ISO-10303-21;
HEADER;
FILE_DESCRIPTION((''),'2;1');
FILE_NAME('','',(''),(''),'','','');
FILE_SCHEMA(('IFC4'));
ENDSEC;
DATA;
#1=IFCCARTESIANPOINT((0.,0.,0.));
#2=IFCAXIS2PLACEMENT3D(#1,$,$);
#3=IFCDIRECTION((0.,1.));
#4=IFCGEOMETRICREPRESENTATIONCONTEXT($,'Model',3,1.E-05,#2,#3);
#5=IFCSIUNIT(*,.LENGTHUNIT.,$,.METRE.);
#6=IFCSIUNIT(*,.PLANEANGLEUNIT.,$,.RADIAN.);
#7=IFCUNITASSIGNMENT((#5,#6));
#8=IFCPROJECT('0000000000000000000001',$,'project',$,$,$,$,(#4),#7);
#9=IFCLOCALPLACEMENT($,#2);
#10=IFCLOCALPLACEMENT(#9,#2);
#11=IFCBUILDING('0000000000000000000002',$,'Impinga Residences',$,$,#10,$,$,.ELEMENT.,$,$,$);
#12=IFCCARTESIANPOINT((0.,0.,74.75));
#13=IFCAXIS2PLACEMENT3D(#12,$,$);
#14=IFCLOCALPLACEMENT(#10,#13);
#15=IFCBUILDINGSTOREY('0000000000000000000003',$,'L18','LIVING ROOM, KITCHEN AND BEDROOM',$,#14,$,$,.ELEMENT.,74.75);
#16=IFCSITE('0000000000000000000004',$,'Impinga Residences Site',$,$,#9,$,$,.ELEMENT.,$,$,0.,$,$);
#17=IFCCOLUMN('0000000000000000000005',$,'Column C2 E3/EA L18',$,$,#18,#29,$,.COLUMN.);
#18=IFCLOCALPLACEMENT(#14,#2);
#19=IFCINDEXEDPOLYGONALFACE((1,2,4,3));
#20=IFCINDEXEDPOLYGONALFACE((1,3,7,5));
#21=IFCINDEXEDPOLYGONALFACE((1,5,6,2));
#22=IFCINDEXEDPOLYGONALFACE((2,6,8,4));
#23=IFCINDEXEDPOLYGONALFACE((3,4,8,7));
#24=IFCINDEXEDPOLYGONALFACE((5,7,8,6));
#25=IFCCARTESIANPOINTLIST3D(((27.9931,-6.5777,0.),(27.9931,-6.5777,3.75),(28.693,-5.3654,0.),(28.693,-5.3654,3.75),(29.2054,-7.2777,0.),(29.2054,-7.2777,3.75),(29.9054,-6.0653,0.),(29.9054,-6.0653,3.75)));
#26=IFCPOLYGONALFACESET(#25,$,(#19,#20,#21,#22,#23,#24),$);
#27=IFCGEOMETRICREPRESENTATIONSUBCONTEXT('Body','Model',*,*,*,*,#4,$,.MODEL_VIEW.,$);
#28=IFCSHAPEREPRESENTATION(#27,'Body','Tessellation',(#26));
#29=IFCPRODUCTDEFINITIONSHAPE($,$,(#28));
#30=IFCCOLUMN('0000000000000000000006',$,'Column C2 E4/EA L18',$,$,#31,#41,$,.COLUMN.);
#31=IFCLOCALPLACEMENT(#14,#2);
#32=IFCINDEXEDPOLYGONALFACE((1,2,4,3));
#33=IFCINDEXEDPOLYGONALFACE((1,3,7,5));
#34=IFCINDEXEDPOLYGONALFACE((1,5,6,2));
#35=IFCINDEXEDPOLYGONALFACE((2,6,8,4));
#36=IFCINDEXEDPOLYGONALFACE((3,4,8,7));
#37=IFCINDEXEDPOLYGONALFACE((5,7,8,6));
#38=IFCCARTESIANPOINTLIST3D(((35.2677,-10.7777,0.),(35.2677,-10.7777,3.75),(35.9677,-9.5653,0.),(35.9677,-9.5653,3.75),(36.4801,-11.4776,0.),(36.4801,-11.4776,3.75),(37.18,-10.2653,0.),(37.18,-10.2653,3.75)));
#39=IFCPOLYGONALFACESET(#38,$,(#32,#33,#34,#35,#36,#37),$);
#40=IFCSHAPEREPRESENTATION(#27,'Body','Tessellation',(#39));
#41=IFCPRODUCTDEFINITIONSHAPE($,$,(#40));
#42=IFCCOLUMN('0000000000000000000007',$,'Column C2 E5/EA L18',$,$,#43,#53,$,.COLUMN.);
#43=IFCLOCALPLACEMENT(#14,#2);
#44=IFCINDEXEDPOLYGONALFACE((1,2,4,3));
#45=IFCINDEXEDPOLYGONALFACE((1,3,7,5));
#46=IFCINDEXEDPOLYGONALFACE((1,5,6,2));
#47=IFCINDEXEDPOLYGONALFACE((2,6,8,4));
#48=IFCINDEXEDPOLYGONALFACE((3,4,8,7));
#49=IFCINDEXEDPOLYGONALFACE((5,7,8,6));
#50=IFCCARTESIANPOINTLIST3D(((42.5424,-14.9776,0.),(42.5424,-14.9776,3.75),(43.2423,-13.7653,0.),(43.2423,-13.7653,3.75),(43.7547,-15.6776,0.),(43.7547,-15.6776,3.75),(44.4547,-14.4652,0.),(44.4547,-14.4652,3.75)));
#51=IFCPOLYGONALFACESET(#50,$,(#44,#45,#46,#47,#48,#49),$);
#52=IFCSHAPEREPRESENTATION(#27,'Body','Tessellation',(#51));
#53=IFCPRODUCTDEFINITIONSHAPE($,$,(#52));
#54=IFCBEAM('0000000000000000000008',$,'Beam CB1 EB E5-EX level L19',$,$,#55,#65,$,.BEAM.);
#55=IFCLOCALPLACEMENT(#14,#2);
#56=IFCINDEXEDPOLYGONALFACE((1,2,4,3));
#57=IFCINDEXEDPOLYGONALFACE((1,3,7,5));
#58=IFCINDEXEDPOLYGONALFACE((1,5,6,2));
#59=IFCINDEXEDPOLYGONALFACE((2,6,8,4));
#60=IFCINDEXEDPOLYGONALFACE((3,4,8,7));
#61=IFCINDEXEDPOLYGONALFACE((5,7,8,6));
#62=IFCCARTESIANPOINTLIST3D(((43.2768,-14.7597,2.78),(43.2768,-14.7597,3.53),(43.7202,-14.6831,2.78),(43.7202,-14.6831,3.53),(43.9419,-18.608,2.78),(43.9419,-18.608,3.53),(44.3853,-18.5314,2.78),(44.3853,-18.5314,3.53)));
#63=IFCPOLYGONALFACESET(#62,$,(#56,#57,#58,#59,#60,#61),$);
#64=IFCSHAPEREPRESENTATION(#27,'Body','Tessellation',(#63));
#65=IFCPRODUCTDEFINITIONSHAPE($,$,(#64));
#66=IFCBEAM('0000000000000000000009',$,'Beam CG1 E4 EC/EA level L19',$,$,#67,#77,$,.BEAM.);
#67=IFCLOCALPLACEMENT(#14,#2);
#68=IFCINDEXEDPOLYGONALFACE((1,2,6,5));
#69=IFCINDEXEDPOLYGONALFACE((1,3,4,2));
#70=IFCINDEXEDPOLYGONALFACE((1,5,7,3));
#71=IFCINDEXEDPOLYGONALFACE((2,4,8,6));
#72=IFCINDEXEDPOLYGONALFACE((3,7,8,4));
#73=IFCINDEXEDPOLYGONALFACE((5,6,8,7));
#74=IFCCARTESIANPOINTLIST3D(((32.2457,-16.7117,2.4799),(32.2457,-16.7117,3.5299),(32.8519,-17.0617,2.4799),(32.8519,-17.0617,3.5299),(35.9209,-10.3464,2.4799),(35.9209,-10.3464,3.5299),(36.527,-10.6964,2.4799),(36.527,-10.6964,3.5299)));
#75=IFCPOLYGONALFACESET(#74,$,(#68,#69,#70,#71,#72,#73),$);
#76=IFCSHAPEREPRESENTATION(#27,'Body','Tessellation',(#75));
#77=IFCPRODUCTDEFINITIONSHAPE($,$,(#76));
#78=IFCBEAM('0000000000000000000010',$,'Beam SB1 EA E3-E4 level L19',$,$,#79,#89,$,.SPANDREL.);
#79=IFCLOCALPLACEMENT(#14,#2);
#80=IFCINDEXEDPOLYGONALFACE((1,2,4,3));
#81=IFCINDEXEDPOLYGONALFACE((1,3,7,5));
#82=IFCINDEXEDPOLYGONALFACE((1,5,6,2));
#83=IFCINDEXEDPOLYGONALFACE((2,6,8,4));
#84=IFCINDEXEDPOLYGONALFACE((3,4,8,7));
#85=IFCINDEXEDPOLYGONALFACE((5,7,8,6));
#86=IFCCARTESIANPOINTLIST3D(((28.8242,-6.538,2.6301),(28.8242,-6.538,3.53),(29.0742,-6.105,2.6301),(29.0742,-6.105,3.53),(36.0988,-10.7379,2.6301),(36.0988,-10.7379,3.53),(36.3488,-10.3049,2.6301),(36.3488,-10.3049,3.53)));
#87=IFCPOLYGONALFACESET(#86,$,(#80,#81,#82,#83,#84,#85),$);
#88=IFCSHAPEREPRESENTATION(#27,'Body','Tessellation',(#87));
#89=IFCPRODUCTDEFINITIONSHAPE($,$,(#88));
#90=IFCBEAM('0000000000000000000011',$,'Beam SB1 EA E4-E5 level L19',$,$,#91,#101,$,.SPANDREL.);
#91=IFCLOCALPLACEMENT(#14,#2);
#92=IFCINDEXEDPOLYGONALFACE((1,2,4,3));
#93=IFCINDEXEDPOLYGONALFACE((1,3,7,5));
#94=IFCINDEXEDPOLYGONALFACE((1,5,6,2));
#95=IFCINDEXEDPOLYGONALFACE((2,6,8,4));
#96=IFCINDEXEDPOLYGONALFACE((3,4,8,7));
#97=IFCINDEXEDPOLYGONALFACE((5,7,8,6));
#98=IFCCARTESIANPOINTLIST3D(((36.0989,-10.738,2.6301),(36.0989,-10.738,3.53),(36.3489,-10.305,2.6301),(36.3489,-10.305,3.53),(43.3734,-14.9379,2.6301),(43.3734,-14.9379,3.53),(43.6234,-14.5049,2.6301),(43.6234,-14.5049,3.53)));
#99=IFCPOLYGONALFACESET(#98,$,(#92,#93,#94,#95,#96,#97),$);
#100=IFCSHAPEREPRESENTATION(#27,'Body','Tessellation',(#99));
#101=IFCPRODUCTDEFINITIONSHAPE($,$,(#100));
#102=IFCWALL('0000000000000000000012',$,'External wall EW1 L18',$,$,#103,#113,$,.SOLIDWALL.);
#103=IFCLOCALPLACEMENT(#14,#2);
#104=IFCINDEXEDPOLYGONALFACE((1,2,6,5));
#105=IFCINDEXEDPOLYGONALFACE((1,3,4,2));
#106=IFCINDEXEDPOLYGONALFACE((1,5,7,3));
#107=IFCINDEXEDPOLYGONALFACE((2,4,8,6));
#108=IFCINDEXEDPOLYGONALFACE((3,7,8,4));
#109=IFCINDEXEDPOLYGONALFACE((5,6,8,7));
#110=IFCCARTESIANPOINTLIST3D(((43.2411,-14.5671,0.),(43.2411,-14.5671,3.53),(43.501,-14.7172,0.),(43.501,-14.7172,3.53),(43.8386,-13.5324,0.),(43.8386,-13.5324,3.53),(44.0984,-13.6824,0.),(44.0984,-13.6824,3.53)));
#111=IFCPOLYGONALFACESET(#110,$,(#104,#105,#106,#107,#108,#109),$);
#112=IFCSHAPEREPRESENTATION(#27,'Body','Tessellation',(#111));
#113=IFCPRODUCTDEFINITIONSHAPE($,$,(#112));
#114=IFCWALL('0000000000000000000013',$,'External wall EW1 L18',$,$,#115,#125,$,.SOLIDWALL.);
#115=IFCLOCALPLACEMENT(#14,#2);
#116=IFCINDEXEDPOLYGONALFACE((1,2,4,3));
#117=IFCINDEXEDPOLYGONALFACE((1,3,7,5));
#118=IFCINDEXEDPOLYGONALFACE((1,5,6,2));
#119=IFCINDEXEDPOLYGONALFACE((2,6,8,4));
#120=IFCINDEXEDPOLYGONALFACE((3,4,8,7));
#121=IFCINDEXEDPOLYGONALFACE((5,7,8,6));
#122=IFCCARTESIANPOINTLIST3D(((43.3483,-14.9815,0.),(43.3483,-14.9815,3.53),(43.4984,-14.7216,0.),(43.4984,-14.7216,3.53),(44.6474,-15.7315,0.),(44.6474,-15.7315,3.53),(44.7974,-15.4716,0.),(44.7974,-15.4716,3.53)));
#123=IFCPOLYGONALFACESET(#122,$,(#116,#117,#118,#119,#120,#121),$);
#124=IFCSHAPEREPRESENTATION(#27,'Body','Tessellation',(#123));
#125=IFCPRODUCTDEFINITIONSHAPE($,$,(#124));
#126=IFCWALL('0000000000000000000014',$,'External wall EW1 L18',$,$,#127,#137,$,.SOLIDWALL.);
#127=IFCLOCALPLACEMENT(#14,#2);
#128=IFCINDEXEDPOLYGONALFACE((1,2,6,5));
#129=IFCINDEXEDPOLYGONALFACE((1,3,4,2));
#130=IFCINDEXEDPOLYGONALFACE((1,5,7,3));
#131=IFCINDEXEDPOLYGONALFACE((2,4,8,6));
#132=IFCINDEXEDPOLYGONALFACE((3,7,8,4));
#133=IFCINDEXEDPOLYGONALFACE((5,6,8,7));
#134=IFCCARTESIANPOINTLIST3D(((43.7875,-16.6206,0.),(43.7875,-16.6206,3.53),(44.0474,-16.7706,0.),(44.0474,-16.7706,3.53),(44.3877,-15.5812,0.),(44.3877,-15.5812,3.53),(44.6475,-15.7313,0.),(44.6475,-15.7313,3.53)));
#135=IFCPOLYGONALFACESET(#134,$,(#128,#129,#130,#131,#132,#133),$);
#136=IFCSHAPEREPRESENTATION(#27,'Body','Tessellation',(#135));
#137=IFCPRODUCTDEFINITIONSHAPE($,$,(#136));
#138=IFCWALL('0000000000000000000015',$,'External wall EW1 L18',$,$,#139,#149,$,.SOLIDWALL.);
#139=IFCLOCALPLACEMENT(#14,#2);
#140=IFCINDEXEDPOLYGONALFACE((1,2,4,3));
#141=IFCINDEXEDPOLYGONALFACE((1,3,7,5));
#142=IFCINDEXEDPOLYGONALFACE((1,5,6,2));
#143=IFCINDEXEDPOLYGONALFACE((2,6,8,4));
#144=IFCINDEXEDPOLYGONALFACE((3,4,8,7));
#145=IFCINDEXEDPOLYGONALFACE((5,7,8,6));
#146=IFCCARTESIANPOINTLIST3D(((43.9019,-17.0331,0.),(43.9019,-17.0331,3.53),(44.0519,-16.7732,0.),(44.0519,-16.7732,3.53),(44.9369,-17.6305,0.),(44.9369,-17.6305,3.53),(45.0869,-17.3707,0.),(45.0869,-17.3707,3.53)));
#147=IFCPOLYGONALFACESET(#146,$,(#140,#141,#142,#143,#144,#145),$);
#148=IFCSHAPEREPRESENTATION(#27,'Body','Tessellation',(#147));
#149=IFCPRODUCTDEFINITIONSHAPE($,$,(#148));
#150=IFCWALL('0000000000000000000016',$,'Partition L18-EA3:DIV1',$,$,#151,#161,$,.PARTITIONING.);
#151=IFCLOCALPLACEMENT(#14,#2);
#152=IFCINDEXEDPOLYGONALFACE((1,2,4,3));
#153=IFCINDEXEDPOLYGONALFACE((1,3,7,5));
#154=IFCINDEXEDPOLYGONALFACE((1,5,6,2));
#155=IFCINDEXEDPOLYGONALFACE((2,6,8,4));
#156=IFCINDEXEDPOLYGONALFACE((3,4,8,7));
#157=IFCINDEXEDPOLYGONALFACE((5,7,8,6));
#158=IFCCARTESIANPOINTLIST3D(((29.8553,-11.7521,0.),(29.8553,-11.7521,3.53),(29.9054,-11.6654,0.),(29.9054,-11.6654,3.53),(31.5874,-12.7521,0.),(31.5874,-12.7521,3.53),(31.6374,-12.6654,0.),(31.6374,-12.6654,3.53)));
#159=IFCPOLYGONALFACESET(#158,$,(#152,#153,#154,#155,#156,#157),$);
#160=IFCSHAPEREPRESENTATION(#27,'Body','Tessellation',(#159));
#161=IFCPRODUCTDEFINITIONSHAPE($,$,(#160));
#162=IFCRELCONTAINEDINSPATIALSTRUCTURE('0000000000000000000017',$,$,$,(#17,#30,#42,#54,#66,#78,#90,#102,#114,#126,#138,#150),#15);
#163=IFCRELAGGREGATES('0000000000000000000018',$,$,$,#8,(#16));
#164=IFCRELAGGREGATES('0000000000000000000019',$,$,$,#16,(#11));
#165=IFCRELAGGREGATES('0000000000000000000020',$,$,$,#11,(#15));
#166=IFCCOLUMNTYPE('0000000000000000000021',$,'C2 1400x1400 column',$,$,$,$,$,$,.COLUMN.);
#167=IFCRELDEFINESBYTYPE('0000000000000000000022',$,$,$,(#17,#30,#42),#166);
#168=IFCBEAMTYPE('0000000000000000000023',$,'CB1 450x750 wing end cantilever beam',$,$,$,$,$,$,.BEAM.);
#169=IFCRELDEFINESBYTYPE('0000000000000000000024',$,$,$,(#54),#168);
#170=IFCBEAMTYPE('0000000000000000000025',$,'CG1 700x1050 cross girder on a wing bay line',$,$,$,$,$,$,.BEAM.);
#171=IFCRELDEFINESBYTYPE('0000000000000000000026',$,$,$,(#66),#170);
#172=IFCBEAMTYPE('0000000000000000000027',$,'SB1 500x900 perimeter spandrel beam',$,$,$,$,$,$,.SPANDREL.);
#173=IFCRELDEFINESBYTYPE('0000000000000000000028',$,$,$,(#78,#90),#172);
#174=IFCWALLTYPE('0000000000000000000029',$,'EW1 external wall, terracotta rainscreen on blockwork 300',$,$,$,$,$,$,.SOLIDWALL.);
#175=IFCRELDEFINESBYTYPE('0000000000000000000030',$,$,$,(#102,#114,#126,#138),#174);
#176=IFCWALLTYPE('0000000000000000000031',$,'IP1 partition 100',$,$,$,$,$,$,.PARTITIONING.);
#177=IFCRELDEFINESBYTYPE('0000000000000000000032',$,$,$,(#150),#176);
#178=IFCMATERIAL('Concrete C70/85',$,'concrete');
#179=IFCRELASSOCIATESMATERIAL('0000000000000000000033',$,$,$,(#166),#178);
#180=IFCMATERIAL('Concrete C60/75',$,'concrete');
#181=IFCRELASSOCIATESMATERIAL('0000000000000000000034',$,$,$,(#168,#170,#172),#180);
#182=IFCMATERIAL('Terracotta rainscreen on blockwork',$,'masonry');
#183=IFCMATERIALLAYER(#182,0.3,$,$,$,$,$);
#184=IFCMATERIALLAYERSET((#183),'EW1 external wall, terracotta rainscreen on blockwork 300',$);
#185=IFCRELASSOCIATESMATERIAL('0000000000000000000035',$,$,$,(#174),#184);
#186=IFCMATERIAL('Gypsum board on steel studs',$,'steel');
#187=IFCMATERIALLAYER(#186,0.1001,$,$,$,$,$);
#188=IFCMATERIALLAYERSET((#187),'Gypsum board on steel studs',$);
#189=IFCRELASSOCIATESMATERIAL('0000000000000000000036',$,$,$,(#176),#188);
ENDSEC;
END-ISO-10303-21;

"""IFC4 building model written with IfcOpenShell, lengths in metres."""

from ifc_helpers import new_model, si_unit, direction, frame, frame_2d, origin, origin_2d, place, context, subcontext, project, spatial, rectangle, extrude, material, layer, layer_set, material_profile, profile_set, type_object, element, save


model = new_model("IFC4")

# Units and contexts
model_context = context("Model", 3, precision=1e-05, world=origin(), true_north=direction((0.0, 1.0)))
body_context = subcontext(model_context, "Body", "Model", "MODEL_VIEW")
ifc_project = project(units=[si_unit("LENGTHUNIT", "METRE"), si_unit("PLANEANGLEUNIT", "RADIAN")], contexts=[model_context])

# Site, building, storey
site_placement = place(None, origin())
site = spatial("IfcSite", under=ifc_project, at=site_placement, Name="Impinga Residences Site", CompositionType="ELEMENT", RefElevation=0.0)
building_placement = place(site_placement, origin())
building = spatial("IfcBuilding", under=site, at=building_placement, Name="Impinga Residences", CompositionType="ELEMENT")
storey_placement = place(building_placement, frame((0.0, 0.0, 74.75)))
storey = spatial("IfcBuildingStorey", under=building, at=storey_placement, Name="L18", Description="LIVING ROOM, KITCHEN AND BEDROOM", CompositionType="ELEMENT", Elevation=74.75)

# Columns
ifc_material_1 = material(Name="Concrete C70/85", Category="concrete")
ifc_material_profile_1 = material_profile(ifc_material_1, rectangle(XDim=1.3999, YDim=1.3999, at=origin_2d()), Name="RC 1400x1400")
ifc_profile_set_1 = profile_set([ifc_material_profile_1], Name="Concrete C70/85")
column_type = type_object("IfcColumnType", Name="C2 1400x1400 column", PredefinedType="COLUMN", material=ifc_profile_set_1)
for number, where, z_axis, x_axis, name in (
    (1, (28.9492, -6.3215, 0.0), (0.0, 0.0, 1.0), (-0.5, -0.866025, 0.0), "Column C2 E3/EA L18"),
    (2, (36.2239, -10.5215, 0.0), (0.0, 0.0, 1.0), (-0.5, -0.866025, 0.0), "Column C2 E4/EA L18"),
    (3, (43.4985, -14.7214, 0.0), (0.0, 0.0, 1.0), (-0.5, -0.866025, 0.0), "Column C2 E5/EA L18"),
):
    element("IfcColumn", number, at=place(storey_placement, frame(where, z_axis=z_axis, x_axis=x_axis)), inside=storey, type_object=column_type, Name=name, PredefinedType="COLUMN", context=body_context, shape_type="SweptSolid", body=[
        extrude(rectangle(XDim=1.3999, YDim=1.3999, at=origin_2d()), origin(), (0.0, 0.0, 1.0), 3.75),
    ])

# Beams
ifc_material_2 = material(Name="Concrete C60/75", Category="concrete")
ifc_material_profile_2 = material_profile(ifc_material_2, rectangle(XDim=0.45, YDim=0.75, at=origin_2d()), Name="RC 450x750")
ifc_profile_set_2 = profile_set([ifc_material_profile_2], Name="Concrete C60/75")
beam_type_1 = type_object("IfcBeamType", Name="CB1 450x750 wing end cantilever beam", PredefinedType="BEAM", material=ifc_profile_set_2)
beam_1_placement = place(storey_placement, frame((43.4985, -14.7214, 3.155), z_axis=(0.170296, -0.985393, 0.0), x_axis=(0.985393, 0.170296, 0.0)))
element("IfcBeam", 4, at=beam_1_placement, inside=storey, type_object=beam_type_1, Name="Beam CB1 EB E5-EX level L19", PredefinedType="BEAM", context=body_context, shape_type="SweptSolid", body=[
    extrude(rectangle(XDim=0.45, YDim=0.75, at=origin_2d()), origin(), (0.0, 0.0, 1.0), 3.9053),
])
ifc_material_profile_3 = material_profile(ifc_material_2, rectangle(XDim=0.7, YDim=1.05, at=origin_2d()), Name="RC 700x1050")
ifc_profile_set_3 = profile_set([ifc_material_profile_3], Name="Concrete C60/75")
beam_type_2 = type_object("IfcBeamType", Name="CG1 700x1050 cross girder on a wing bay line", PredefinedType="BEAM", material=ifc_profile_set_3)
beam_2_placement = place(storey_placement, frame((32.5488, -16.8867, 3.0049), z_axis=(0.500008, 0.866021, 0.0), x_axis=(-0.866021, 0.500008, 0.0)))
element("IfcBeam", 5, at=beam_2_placement, inside=storey, type_object=beam_type_2, Name="Beam CG1 E4 EC/EA level L19", PredefinedType="BEAM", context=body_context, shape_type="SweptSolid", body=[
    extrude(rectangle(XDim=0.7, YDim=1.05, at=origin_2d()), origin(), (0.0, 0.0, 1.0), 7.3501),
])
ifc_material_profile_4 = material_profile(ifc_material_2, rectangle(XDim=0.5, YDim=0.8999, at=origin_2d()), Name="RC 500x900")
ifc_profile_set_4 = profile_set([ifc_material_profile_4], Name="Concrete C60/75")
beam_type_3 = type_object("IfcBeamType", Name="SB1 500x900 perimeter spandrel beam", PredefinedType="SPANDREL", material=ifc_profile_set_4)
for number, where, z_axis, x_axis, name in (
    (6, (28.9492, -6.3215, 3.0801), (0.866029, -0.499993, 0.0), (0.499993, 0.866029, 0.0), "Beam SB1 EA E3-E4 level L19"),
    (7, (36.2239, -10.5215, 3.0801), (0.866029, -0.499993, 0.0), (0.499993, 0.866029, 0.0), "Beam SB1 EA E4-E5 level L19"),
):
    element("IfcBeam", number, at=place(storey_placement, frame(where, z_axis=z_axis, x_axis=x_axis)), inside=storey, type_object=beam_type_3, Name=name, PredefinedType="SPANDREL", context=body_context, shape_type="SweptSolid", body=[
        extrude(rectangle(XDim=0.5, YDim=0.8999, at=origin_2d()), origin(), (0.0, 0.0, 1.0), 8.3999),
    ])

# Walls
ifc_material_3 = material(Name="Terracotta rainscreen on blockwork", Category="masonry")
ifc_layer_1 = layer(ifc_material_3, 0.3)
ifc_layer_set_1 = layer_set([ifc_layer_1], Name="EW1 external wall, terracotta rainscreen on blockwork 300")
wall_type_1 = type_object("IfcWallType", Name="EW1 external wall, terracotta rainscreen on blockwork 300", PredefinedType="SOLIDWALL", material=ifc_layer_set_1)
wall_1_placement = place(storey_placement, frame((43.9685, -13.6074, 0.0), z_axis=(0.0, 0.0, 1.0), x_axis=(-0.500029, -0.866009, 0.0)))
element("IfcWall", 8, at=wall_1_placement, inside=storey, type_object=wall_type_1, Name="External wall EW1 L18", PredefinedType="SOLIDWALL", context=body_context, shape_type="SweptSolid", body=[
    extrude(rectangle(XDim=1.1948, YDim=0.3, at=frame_2d((0.5974, 0.0))), origin(), (0.0, 0.0, 1.0), 3.53),
])
wall_2_placement = place(storey_placement, frame((43.4233, -14.8516, 0.0), z_axis=(0.0, 0.0, 1.0), x_axis=(0.866031, -0.49999, 0.0)))
element("IfcWall", 9, at=wall_2_placement, inside=storey, type_object=wall_type_1, Name="External wall EW1 L18", PredefinedType="SOLIDWALL", context=body_context, shape_type="SweptSolid", body=[
    extrude(rectangle(XDim=1.5, YDim=0.3, at=frame_2d((0.75, 0.0))), origin(), (0.0, 0.0, 1.0), 3.53),
])
wall_3_placement = place(storey_placement, frame((44.5176, -15.6562, 0.0), z_axis=(0.0, 0.0, 1.0), x_axis=(-0.500034, -0.866006, 0.0)))
element("IfcWall", 10, at=wall_3_placement, inside=storey, type_object=wall_type_1, Name="External wall EW1 L18", PredefinedType="SOLIDWALL", context=body_context, shape_type="SweptSolid", body=[
    extrude(rectangle(XDim=1.2002, YDim=0.3, at=frame_2d((0.6001, 0.0))), origin(), (0.0, 0.0, 1.0), 3.53),
])
wall_4_placement = place(storey_placement, frame((43.9768, -16.9031, 0.0), z_axis=(0.0, 0.0, 1.0), x_axis=(0.86606, -0.499941, 0.0)))
element("IfcWall", 11, at=wall_4_placement, inside=storey, type_object=wall_type_1, Name="External wall EW1 L18", PredefinedType="SOLIDWALL", context=body_context, shape_type="SweptSolid", body=[
    extrude(rectangle(XDim=1.1951, YDim=0.3, at=frame_2d((0.5977, 0.0))), origin(), (0.0, 0.0, 1.0), 3.53),
])
ifc_material_4 = material(Name="Gypsum board on steel studs", Category="steel")
ifc_layer_2 = layer(ifc_material_4, 0.1001)
ifc_layer_set_2 = layer_set([ifc_layer_2], Name="Gypsum board on steel studs")
wall_type_2 = type_object("IfcWallType", Name="IP1 partition 100", PredefinedType="PARTITIONING", material=ifc_layer_set_2)
wall_5_placement = place(storey_placement, frame((29.8804, -11.7087, 0.0), z_axis=(0.0, 0.0, 1.0), x_axis=(0.866011, -0.500025, 0.0)))
element("IfcWall", 12, at=wall_5_placement, inside=storey, type_object=wall_type_2, Name="Partition L18-EA3:DIV1", PredefinedType="PARTITIONING", context=body_context, shape_type="SweptSolid", body=[
    extrude(rectangle(XDim=2.0, YDim=0.1001, at=frame_2d((1.0, 0.0))), origin(), (0.0, 0.0, 1.0), 3.53),
])

save(model, "model.ifc")
